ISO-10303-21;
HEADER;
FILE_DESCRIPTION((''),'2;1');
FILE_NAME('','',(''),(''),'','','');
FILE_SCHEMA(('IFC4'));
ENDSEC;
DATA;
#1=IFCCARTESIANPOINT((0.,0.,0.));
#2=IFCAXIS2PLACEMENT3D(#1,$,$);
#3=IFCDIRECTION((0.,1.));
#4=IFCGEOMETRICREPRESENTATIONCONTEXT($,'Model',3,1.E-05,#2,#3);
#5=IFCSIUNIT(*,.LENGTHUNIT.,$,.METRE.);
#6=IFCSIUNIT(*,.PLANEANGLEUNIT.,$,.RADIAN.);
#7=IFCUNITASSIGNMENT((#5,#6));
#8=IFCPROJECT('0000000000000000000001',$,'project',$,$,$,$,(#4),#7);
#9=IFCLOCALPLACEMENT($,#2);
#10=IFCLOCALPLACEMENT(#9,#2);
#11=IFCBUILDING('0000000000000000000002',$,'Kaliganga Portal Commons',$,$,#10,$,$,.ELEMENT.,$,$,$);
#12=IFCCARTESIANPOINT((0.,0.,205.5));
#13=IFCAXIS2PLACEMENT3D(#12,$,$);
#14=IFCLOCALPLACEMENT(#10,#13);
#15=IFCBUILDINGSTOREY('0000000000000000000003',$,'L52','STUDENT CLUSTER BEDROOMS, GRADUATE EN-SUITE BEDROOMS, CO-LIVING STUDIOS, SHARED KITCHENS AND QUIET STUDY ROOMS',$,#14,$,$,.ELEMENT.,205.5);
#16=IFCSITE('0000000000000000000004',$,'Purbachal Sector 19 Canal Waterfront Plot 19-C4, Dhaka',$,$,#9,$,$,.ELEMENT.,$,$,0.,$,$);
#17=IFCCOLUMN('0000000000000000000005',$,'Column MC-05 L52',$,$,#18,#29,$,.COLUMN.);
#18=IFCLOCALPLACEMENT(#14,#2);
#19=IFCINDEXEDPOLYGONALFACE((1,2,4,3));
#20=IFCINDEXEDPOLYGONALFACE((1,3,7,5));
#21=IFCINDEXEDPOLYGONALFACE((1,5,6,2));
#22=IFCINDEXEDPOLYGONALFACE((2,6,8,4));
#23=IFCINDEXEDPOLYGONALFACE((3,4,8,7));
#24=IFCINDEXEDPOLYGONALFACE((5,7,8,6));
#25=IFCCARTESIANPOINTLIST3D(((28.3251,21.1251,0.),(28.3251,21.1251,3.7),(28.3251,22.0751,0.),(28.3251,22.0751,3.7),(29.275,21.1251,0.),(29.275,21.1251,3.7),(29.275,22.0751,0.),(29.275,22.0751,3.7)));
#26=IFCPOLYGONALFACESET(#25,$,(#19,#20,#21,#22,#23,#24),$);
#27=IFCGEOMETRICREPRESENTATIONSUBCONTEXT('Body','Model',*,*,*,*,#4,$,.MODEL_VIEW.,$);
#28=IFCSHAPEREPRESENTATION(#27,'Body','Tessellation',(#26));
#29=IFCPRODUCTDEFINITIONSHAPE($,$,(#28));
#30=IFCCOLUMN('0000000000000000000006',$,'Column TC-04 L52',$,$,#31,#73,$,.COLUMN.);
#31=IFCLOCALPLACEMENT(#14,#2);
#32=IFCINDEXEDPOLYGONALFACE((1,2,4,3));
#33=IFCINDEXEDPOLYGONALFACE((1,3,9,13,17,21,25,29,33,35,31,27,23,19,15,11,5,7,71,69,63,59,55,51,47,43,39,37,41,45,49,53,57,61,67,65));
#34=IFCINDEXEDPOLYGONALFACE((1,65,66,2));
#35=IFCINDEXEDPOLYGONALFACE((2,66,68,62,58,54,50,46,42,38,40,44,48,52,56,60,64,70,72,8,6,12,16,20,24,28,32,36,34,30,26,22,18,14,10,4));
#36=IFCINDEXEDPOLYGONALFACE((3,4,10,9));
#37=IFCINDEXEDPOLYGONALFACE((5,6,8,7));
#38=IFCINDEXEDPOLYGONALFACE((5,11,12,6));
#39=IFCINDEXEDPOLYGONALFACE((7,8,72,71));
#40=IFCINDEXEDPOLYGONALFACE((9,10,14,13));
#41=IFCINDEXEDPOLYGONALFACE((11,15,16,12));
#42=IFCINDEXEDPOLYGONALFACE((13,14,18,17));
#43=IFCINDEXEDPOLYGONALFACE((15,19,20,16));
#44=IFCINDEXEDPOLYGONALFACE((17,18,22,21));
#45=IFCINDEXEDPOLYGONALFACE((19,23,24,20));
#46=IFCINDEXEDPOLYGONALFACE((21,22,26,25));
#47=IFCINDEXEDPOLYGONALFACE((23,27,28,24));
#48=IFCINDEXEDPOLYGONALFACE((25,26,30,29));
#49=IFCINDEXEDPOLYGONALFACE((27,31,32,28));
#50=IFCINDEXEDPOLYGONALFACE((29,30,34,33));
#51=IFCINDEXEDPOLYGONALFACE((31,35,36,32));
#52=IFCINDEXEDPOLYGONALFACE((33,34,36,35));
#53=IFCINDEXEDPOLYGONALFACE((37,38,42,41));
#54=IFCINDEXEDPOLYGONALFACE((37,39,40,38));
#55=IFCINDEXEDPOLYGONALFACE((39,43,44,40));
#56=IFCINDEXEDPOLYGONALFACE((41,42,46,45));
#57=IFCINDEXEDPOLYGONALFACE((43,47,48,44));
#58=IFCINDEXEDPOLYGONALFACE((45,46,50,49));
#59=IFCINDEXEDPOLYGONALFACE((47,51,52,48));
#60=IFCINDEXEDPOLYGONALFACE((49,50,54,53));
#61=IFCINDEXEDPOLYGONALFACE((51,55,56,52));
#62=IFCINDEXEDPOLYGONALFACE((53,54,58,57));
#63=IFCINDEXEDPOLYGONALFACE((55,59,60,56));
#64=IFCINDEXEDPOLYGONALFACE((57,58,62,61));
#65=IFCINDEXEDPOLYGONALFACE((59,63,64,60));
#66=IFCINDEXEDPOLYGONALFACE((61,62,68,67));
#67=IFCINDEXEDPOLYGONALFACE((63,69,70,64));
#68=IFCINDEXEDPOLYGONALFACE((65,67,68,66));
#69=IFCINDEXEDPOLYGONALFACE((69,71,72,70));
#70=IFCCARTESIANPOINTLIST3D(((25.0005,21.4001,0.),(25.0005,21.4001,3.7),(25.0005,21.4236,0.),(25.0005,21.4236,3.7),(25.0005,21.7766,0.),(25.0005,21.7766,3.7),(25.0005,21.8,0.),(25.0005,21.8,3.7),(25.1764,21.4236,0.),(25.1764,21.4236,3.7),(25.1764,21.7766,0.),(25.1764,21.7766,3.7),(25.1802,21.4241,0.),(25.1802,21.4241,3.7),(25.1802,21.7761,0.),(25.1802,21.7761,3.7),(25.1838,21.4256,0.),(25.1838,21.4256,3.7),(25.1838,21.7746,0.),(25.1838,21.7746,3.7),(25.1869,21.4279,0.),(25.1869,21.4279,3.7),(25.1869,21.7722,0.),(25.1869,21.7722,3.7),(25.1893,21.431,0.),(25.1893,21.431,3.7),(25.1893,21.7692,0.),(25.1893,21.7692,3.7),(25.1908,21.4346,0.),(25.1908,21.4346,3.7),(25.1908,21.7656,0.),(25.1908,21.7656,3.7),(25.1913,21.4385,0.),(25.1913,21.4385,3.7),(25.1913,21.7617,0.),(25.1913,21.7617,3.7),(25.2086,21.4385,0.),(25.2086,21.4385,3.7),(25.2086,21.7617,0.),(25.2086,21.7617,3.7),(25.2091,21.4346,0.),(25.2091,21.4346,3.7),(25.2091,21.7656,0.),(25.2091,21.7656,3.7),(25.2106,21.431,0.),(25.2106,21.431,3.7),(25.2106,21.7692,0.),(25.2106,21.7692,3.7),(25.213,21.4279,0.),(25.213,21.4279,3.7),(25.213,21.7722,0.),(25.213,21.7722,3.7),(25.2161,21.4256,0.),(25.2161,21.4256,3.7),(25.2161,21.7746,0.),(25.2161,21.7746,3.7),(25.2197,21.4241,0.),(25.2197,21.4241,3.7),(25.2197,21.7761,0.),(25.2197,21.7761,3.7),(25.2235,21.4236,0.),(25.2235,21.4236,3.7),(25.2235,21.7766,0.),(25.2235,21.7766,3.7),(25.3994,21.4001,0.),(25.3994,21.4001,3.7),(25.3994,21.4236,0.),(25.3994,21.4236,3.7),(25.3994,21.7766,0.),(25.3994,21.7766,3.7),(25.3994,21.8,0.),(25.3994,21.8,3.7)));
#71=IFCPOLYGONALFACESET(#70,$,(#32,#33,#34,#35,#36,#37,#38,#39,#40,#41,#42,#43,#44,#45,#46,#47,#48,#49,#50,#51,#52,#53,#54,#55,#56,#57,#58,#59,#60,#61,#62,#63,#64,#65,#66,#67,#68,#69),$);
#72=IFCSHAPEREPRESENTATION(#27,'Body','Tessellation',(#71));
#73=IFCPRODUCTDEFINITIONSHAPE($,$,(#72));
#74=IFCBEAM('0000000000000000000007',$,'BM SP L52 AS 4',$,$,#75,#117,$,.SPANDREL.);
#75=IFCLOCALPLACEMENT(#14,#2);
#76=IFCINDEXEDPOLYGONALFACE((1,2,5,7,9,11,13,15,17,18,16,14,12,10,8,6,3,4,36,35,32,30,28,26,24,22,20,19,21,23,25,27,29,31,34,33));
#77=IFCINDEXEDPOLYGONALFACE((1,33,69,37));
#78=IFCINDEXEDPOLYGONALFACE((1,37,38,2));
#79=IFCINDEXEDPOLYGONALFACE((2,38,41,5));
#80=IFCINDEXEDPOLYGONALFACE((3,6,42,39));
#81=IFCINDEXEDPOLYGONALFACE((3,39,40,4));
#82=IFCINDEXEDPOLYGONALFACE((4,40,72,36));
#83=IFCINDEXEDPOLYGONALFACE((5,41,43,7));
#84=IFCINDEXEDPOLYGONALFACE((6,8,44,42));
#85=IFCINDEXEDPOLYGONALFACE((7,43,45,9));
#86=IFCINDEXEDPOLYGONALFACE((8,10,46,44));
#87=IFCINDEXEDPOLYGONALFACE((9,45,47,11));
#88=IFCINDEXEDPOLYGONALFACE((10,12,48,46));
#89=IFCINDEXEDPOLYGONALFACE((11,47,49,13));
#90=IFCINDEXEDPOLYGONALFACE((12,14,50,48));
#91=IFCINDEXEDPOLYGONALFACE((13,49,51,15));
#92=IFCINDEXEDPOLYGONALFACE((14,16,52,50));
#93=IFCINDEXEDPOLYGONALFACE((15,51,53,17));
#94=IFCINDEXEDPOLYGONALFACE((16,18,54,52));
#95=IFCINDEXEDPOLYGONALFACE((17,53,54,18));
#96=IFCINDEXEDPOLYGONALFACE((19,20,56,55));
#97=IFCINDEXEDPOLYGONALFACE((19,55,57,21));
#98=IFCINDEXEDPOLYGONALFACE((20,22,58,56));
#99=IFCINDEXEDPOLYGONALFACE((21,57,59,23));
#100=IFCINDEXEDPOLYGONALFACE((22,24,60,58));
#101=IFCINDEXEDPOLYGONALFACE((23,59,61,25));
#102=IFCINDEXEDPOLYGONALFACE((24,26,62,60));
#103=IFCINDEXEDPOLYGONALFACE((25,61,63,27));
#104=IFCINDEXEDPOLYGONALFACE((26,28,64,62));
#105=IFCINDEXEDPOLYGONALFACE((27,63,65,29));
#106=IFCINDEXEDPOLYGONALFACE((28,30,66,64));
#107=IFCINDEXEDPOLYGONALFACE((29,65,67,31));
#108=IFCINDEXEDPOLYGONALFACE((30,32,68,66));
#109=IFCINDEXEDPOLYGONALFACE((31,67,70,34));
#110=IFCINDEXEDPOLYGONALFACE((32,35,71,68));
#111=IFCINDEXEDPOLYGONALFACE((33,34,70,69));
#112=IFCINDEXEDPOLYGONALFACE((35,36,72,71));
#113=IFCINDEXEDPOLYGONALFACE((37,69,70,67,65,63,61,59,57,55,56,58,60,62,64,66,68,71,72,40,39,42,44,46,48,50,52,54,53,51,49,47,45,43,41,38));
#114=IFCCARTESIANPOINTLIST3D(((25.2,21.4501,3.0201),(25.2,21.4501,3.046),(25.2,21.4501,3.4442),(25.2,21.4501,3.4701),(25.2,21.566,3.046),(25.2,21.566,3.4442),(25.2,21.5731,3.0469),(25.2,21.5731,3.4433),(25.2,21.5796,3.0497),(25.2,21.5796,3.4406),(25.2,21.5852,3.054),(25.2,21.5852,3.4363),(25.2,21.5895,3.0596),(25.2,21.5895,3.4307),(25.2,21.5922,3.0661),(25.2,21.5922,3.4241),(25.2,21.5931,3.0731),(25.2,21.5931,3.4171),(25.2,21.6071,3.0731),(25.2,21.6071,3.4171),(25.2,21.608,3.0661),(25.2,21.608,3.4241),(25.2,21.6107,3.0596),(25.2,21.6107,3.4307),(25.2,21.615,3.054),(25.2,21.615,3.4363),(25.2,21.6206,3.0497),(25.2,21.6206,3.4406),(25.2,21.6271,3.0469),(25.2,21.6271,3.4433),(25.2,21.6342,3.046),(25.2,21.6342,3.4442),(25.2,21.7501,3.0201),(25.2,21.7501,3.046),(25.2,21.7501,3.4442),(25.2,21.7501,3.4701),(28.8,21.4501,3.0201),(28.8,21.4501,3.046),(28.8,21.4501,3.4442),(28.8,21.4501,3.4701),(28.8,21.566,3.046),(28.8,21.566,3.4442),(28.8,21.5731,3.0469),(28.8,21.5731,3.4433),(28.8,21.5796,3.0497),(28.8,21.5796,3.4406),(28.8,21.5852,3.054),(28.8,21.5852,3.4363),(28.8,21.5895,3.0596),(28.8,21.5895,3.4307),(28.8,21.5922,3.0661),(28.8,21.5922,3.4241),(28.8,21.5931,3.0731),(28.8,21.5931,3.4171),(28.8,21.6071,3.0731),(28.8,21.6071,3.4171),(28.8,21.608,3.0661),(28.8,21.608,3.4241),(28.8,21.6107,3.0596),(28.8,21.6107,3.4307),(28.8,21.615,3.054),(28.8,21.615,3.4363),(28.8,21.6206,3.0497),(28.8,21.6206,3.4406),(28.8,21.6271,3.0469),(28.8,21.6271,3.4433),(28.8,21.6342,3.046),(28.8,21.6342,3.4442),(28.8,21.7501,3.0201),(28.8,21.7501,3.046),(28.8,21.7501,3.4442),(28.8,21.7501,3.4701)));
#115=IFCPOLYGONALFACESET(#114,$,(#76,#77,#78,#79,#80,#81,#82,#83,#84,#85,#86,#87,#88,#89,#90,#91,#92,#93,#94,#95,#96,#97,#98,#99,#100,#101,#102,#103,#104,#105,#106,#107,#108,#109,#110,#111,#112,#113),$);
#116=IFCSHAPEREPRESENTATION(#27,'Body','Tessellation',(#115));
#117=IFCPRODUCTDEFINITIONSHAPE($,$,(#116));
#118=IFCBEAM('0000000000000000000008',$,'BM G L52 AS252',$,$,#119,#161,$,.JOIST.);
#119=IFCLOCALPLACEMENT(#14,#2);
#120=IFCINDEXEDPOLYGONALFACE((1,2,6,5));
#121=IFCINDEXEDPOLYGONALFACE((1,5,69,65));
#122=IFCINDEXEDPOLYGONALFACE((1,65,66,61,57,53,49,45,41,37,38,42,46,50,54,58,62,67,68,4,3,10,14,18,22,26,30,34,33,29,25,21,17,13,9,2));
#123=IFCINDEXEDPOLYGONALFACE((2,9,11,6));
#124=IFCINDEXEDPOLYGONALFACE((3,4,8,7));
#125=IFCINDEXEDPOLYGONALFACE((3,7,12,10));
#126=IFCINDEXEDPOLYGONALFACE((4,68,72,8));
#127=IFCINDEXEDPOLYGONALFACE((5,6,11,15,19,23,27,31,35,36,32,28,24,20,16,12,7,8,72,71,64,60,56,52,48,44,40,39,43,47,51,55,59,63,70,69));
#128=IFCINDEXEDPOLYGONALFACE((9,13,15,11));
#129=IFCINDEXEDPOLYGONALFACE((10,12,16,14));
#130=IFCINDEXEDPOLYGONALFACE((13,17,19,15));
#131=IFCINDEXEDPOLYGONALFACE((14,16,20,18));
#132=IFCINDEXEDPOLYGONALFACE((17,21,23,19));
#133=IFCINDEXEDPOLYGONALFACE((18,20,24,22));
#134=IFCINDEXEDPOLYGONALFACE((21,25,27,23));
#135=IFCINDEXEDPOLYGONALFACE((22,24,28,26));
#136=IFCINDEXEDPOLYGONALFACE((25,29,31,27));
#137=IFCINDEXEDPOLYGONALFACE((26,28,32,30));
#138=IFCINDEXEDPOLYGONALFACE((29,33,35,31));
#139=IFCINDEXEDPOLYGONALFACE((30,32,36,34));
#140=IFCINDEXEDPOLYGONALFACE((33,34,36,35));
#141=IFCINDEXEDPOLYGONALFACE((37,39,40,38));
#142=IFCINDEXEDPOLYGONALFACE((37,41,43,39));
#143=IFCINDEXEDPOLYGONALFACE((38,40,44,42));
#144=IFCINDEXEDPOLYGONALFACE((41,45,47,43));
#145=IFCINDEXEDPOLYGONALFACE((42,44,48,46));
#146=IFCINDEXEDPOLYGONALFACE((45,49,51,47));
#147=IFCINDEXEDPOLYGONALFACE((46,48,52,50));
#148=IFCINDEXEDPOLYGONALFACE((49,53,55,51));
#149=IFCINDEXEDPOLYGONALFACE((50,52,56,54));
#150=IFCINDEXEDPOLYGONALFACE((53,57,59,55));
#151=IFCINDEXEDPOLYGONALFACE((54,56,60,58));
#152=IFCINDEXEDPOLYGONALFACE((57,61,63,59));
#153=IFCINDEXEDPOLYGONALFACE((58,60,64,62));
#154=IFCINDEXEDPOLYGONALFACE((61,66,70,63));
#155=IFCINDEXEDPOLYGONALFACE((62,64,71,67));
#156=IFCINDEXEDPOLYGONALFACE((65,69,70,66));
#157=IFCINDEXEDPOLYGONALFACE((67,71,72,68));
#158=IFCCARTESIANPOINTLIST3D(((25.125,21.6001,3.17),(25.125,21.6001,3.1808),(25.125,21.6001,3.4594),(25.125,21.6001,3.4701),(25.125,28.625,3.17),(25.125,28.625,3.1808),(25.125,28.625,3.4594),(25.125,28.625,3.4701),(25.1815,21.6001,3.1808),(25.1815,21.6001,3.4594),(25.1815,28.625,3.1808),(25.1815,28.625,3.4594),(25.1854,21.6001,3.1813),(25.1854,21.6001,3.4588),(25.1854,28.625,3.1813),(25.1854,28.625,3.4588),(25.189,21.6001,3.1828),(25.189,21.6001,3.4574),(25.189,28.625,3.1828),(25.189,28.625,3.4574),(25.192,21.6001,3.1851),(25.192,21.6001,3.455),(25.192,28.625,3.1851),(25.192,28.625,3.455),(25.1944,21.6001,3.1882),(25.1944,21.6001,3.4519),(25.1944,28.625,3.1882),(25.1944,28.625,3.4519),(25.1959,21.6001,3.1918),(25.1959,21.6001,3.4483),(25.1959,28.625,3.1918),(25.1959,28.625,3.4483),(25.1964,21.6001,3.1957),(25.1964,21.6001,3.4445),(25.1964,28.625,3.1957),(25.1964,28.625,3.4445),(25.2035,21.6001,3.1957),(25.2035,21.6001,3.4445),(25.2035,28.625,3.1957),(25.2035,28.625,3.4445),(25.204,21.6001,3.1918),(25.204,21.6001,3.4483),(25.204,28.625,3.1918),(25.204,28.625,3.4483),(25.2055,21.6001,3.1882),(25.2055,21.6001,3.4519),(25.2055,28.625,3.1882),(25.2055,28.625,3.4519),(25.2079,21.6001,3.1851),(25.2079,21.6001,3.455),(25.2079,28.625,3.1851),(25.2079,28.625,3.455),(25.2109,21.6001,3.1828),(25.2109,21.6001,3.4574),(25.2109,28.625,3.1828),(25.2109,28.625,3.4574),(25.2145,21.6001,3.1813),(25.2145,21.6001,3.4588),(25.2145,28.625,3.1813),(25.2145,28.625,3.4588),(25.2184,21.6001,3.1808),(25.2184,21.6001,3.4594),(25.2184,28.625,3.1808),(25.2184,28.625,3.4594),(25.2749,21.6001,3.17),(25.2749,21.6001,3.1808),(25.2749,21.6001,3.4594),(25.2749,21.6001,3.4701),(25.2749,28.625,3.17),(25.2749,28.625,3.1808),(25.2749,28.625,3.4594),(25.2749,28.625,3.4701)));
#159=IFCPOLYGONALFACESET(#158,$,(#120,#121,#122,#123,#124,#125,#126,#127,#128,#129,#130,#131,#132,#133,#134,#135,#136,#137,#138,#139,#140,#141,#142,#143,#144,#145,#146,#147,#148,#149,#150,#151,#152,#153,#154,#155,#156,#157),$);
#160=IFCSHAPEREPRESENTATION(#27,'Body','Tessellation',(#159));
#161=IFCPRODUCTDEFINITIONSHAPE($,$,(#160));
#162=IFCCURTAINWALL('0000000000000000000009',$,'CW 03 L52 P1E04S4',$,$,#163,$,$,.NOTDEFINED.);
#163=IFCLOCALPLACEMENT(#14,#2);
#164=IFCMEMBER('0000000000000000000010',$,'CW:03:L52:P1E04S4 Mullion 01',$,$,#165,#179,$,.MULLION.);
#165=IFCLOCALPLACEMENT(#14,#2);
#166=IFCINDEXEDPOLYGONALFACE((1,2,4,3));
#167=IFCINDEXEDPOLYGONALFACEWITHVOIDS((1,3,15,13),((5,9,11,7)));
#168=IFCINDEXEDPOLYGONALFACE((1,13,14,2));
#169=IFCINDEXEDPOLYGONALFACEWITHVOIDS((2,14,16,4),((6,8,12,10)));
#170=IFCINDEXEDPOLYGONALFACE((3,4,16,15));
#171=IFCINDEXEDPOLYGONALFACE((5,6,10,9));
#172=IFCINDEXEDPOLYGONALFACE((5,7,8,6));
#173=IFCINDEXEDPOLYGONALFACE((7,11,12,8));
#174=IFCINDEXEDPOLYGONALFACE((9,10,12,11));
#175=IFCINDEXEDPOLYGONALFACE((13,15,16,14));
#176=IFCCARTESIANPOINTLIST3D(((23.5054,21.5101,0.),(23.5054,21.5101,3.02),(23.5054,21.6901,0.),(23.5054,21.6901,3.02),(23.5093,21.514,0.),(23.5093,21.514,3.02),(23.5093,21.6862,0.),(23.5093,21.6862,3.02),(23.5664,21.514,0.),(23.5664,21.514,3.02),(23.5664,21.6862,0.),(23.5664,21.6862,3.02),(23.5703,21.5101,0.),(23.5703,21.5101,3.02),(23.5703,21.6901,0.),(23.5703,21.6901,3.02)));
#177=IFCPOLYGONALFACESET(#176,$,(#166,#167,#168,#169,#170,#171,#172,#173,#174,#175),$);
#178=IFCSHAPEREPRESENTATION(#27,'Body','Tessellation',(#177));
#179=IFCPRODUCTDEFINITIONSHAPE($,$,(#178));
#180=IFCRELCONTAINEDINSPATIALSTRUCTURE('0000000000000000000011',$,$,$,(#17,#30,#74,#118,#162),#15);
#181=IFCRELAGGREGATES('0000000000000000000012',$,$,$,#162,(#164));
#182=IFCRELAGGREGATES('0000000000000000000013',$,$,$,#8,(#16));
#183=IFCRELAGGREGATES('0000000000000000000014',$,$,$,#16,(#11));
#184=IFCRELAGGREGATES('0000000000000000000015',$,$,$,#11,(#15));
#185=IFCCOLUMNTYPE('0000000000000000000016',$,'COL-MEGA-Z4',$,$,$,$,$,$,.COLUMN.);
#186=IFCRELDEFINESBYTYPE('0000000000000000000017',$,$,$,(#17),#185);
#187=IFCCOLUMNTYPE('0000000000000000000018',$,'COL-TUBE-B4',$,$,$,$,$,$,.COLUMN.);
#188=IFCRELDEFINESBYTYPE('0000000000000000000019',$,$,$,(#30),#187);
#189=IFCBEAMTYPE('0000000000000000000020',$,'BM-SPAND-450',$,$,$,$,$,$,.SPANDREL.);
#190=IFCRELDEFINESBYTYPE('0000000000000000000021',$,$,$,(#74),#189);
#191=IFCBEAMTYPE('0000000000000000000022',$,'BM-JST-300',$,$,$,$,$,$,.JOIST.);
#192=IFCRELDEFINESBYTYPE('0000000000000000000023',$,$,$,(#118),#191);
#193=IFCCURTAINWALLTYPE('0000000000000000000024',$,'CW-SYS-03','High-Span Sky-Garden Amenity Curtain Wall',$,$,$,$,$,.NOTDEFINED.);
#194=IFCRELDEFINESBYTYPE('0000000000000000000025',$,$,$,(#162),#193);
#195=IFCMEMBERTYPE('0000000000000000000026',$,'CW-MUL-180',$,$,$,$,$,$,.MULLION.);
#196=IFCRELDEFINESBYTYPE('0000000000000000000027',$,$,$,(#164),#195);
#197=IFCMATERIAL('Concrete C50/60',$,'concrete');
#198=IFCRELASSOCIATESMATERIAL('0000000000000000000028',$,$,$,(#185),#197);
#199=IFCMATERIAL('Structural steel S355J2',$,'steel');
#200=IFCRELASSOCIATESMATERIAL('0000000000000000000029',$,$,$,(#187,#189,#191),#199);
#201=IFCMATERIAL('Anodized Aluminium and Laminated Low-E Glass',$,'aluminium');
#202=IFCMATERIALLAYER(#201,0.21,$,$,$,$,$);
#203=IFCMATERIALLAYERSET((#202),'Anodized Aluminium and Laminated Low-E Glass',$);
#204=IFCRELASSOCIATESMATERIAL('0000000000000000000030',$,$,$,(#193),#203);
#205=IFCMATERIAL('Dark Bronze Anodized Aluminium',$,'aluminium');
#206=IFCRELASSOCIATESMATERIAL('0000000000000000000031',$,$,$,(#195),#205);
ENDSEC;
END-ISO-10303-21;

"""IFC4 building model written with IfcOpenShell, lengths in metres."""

from ifc_helpers import new_model, si_unit, direction, frame, origin, origin_2d, place, context, subcontext, project, spatial, rectangle, hollow_rectangle, i_section, extrude, source, transform, mapped, material, layer, layer_set, material_profile, profile_set, type_object, element, aggregate, save


model = new_model("IFC4")

# Units and contexts
model_context = context("Model", 3, precision=1e-05, world=origin(), true_north=direction((0.0, 1.0)))
body_context = subcontext(model_context, "Body", "Model", "MODEL_VIEW")
ifc_project = project(units=[si_unit("LENGTHUNIT", "METRE"), si_unit("PLANEANGLEUNIT", "RADIAN")], contexts=[model_context])

# Site, building, storey
site_placement = place(None, origin())
site = spatial("IfcSite", under=ifc_project, at=site_placement, Name="Purbachal Sector 19 Canal Waterfront Plot 19-C4, Dhaka", CompositionType="ELEMENT", RefElevation=0.0)
building_placement = place(site_placement, origin())
building = spatial("IfcBuilding", under=site, at=building_placement, Name="Kaliganga Portal Commons", CompositionType="ELEMENT")
storey_placement = place(building_placement, frame((0.0, 0.0, 205.5)))
storey = spatial("IfcBuildingStorey", under=building, at=storey_placement, Name="L52", Description="STUDENT CLUSTER BEDROOMS, GRADUATE EN-SUITE BEDROOMS, CO-LIVING STUDIOS, SHARED KITCHENS AND QUIET STUDY ROOMS", CompositionType="ELEMENT", Elevation=205.5)

# Columns
ifc_material_1 = material(Name="Concrete C50/60", Category="concrete")
ifc_material_profile_1 = material_profile(ifc_material_1, rectangle(XDim=0.95, YDim=0.95, at=origin_2d()), Name="RC 950x950")
ifc_profile_set_1 = profile_set([ifc_material_profile_1], Name="Concrete C50/60")
column_type_1 = type_object("IfcColumnType", Name="COL-MEGA-Z4", PredefinedType="COLUMN", material=ifc_profile_set_1)
shared_shape_1 = source(origin(), body_context, "Body", "SweptSolid", [
    extrude(rectangle(XDim=0.95, YDim=0.95, at=origin_2d()), origin(), (0.0, 0.0, 1.0), 3.7),
])
column_1_placement = place(storey_placement, frame((28.8, 21.6001, 0.0), z_axis=(0.0, 0.0, 1.0), x_axis=(1.0, 0.0, 0.0)))
element("IfcColumn", 1, at=column_1_placement, inside=storey, type_object=column_type_1, Name="Column MC-05 L52", PredefinedType="COLUMN", context=body_context, shape_type="MappedRepresentation", body=[
    mapped(shared_shape_1, transform((0.0, 0.0, 0.0), x_axis=(1.0, 0.0, 0.0), y_axis=(0.0, 1.0, 0.0), z_axis=(0.0, 0.0, 1.0), scale=1.0)),
])
ifc_material_2 = material(Name="Structural steel S355J2", Category="steel")
ifc_material_profile_2 = material_profile(ifc_material_2, i_section(OverallWidth=0.3989, OverallDepth=0.3999, WebThickness=0.0173, FlangeThickness=0.0234, FilletRadius=0.0149, at=origin_2d()), Name="HD 400x287")
ifc_profile_set_2 = profile_set([ifc_material_profile_2], Name="Structural steel S355J2 wide-flange")
column_type_2 = type_object("IfcColumnType", Name="COL-TUBE-B4", PredefinedType="COLUMN", material=ifc_profile_set_2)
shared_shape_2 = source(origin(), body_context, "Body", "SweptSolid", [
    extrude(i_section(OverallWidth=0.3989, OverallDepth=0.3999, WebThickness=0.0173, FlangeThickness=0.0234, FilletRadius=0.0149, at=origin_2d()), origin(), (0.0, 0.0, 1.0), 3.7),
])
column_2_placement = place(storey_placement, frame((25.2, 21.6001, 0.0), z_axis=(0.0, 0.0, 1.0), x_axis=(1.0, 0.0, 0.0)))
element("IfcColumn", 2, at=column_2_placement, inside=storey, type_object=column_type_2, Name="Column TC-04 L52", PredefinedType="COLUMN", context=body_context, shape_type="MappedRepresentation", body=[
    mapped(shared_shape_2, transform((0.0, 0.0, 0.0), x_axis=(1.0, 0.0, 0.0), y_axis=(0.0, 1.0, 0.0), z_axis=(0.0, 0.0, 1.0), scale=1.0)),
])

# Beams
ifc_material_profile_3 = material_profile(ifc_material_2, i_section(OverallWidth=0.3, OverallDepth=0.45, WebThickness=0.0139, FlangeThickness=0.0259, FilletRadius=0.0271, at=origin_2d()), Name="HE 450 B")
ifc_profile_set_3 = profile_set([ifc_material_profile_3], Name="Structural steel S355J2 wide-flange")
beam_type_1 = type_object("IfcBeamType", Name="BM-SPAND-450", PredefinedType="SPANDREL", material=ifc_profile_set_3)
shared_shape_3 = source(origin(), body_context, "Body", "SweptSolid", [
    extrude(i_section(OverallWidth=0.3, OverallDepth=0.45, WebThickness=0.0139, FlangeThickness=0.0259, FilletRadius=0.0271, at=origin_2d()), origin(), (0.0, 0.0, 1.0), 3.6001),
])
beam_1_placement = place(storey_placement, frame((25.2, 21.6001, 3.2451), z_axis=(1.0, 0.0, 0.0), x_axis=(0.0, 1.0, 0.0)))
element("IfcBeam", 3, at=beam_1_placement, inside=storey, type_object=beam_type_1, Name="BM SP L52 AS 4", PredefinedType="SPANDREL", context=body_context, shape_type="MappedRepresentation", body=[
    mapped(shared_shape_3, transform((0.0, 0.0, 0.0), x_axis=(1.0, 0.0, 0.0), y_axis=(0.0, 1.0, 0.0), z_axis=(0.0, 0.0, 1.0), scale=1.0)),
])
ifc_material_profile_4 = material_profile(ifc_material_2, i_section(OverallWidth=0.1499, OverallDepth=0.3, WebThickness=0.0071, FlangeThickness=0.0107, FilletRadius=0.0149, at=origin_2d()), Name="IPE 300")
ifc_profile_set_4 = profile_set([ifc_material_profile_4], Name="Structural steel S355J2 wide-flange")
beam_type_2 = type_object("IfcBeamType", Name="BM-JST-300", PredefinedType="JOIST", material=ifc_profile_set_4)
shared_shape_4 = source(origin(), body_context, "Body", "SweptSolid", [
    extrude(i_section(OverallWidth=0.1499, OverallDepth=0.3, WebThickness=0.0071, FlangeThickness=0.0107, FilletRadius=0.0149, at=origin_2d()), origin(), (0.0, 0.0, 1.0), 7.0249),
])
beam_2_placement = place(storey_placement, frame((25.2, 21.6001, 3.3201), z_axis=(0.0, 1.0, 0.0), x_axis=(-1.0, 0.0, 0.0)))
element("IfcBeam", 4, at=beam_2_placement, inside=storey, type_object=beam_type_2, Name="BM G L52 AS252", PredefinedType="JOIST", context=body_context, shape_type="MappedRepresentation", body=[
    mapped(shared_shape_4, transform((0.0, 0.0, 0.0), x_axis=(1.0, 0.0, 0.0), y_axis=(0.0, 1.0, 0.0), z_axis=(0.0, 0.0, 1.0), scale=1.0)),
])

# Curtain wall, member
ifc_material_3 = material(Name="Anodized Aluminium and Laminated Low-E Glass", Category="aluminium")
ifc_layer_1 = layer(ifc_material_3, 0.21)
ifc_layer_set_1 = layer_set([ifc_layer_1], Name="Anodized Aluminium and Laminated Low-E Glass")
curtain_wall_type = type_object("IfcCurtainWallType", Name="CW-SYS-03", Description="High-Span Sky-Garden Amenity Curtain Wall", PredefinedType="NOTDEFINED", material=ifc_layer_set_1)
curtain_wall_1_placement = place(storey_placement, origin())
curtain_wall_1 = element("IfcCurtainWall", 5, at=curtain_wall_1_placement, inside=storey, type_object=curtain_wall_type, Name="CW 03 L52 P1E04S4", PredefinedType="NOTDEFINED")
ifc_material_4 = material(Name="Dark Bronze Anodized Aluminium", Category="aluminium")
ifc_material_profile_5 = material_profile(ifc_material_4, hollow_rectangle(XDim=0.0649, YDim=0.1799, WallThickness=0.0039, at=origin_2d()), Name="ALU MULL 65x180x4")
ifc_profile_set_5 = profile_set([ifc_material_profile_5], Name="Dark Bronze Anodized Aluminium")
member_type_1 = type_object("IfcMemberType", Name="CW-MUL-180", PredefinedType="MULLION", material=ifc_profile_set_5)
shared_shape_5 = source(origin(), body_context, "Body", "SweptSolid", [
    extrude(hollow_rectangle(XDim=0.0649, YDim=0.1799, WallThickness=0.0039, at=origin_2d()), origin(), (0.0, 0.0, 1.0), 3.02),
])
member_1_placement = place(storey_placement, frame((23.5378, 21.6001, 0.0), z_axis=(0.0, 0.0, 1.0), x_axis=(1.0, 0.0, 0.0)))
member_1 = element("IfcMember", 6, at=member_1_placement, type_object=member_type_1, Name="CW:03:L52:P1E04S4 Mullion 01", PredefinedType="MULLION", context=body_context, shape_type="MappedRepresentation", body=[
    mapped(shared_shape_5, transform((0.0, 0.0, 0.0), x_axis=(1.0, 0.0, 0.0), y_axis=(0.0, 1.0, 0.0), z_axis=(0.0, 0.0, 1.0), scale=1.0)),
])

aggregate(curtain_wall_1, [member_1])

save(model, "model.ifc")
